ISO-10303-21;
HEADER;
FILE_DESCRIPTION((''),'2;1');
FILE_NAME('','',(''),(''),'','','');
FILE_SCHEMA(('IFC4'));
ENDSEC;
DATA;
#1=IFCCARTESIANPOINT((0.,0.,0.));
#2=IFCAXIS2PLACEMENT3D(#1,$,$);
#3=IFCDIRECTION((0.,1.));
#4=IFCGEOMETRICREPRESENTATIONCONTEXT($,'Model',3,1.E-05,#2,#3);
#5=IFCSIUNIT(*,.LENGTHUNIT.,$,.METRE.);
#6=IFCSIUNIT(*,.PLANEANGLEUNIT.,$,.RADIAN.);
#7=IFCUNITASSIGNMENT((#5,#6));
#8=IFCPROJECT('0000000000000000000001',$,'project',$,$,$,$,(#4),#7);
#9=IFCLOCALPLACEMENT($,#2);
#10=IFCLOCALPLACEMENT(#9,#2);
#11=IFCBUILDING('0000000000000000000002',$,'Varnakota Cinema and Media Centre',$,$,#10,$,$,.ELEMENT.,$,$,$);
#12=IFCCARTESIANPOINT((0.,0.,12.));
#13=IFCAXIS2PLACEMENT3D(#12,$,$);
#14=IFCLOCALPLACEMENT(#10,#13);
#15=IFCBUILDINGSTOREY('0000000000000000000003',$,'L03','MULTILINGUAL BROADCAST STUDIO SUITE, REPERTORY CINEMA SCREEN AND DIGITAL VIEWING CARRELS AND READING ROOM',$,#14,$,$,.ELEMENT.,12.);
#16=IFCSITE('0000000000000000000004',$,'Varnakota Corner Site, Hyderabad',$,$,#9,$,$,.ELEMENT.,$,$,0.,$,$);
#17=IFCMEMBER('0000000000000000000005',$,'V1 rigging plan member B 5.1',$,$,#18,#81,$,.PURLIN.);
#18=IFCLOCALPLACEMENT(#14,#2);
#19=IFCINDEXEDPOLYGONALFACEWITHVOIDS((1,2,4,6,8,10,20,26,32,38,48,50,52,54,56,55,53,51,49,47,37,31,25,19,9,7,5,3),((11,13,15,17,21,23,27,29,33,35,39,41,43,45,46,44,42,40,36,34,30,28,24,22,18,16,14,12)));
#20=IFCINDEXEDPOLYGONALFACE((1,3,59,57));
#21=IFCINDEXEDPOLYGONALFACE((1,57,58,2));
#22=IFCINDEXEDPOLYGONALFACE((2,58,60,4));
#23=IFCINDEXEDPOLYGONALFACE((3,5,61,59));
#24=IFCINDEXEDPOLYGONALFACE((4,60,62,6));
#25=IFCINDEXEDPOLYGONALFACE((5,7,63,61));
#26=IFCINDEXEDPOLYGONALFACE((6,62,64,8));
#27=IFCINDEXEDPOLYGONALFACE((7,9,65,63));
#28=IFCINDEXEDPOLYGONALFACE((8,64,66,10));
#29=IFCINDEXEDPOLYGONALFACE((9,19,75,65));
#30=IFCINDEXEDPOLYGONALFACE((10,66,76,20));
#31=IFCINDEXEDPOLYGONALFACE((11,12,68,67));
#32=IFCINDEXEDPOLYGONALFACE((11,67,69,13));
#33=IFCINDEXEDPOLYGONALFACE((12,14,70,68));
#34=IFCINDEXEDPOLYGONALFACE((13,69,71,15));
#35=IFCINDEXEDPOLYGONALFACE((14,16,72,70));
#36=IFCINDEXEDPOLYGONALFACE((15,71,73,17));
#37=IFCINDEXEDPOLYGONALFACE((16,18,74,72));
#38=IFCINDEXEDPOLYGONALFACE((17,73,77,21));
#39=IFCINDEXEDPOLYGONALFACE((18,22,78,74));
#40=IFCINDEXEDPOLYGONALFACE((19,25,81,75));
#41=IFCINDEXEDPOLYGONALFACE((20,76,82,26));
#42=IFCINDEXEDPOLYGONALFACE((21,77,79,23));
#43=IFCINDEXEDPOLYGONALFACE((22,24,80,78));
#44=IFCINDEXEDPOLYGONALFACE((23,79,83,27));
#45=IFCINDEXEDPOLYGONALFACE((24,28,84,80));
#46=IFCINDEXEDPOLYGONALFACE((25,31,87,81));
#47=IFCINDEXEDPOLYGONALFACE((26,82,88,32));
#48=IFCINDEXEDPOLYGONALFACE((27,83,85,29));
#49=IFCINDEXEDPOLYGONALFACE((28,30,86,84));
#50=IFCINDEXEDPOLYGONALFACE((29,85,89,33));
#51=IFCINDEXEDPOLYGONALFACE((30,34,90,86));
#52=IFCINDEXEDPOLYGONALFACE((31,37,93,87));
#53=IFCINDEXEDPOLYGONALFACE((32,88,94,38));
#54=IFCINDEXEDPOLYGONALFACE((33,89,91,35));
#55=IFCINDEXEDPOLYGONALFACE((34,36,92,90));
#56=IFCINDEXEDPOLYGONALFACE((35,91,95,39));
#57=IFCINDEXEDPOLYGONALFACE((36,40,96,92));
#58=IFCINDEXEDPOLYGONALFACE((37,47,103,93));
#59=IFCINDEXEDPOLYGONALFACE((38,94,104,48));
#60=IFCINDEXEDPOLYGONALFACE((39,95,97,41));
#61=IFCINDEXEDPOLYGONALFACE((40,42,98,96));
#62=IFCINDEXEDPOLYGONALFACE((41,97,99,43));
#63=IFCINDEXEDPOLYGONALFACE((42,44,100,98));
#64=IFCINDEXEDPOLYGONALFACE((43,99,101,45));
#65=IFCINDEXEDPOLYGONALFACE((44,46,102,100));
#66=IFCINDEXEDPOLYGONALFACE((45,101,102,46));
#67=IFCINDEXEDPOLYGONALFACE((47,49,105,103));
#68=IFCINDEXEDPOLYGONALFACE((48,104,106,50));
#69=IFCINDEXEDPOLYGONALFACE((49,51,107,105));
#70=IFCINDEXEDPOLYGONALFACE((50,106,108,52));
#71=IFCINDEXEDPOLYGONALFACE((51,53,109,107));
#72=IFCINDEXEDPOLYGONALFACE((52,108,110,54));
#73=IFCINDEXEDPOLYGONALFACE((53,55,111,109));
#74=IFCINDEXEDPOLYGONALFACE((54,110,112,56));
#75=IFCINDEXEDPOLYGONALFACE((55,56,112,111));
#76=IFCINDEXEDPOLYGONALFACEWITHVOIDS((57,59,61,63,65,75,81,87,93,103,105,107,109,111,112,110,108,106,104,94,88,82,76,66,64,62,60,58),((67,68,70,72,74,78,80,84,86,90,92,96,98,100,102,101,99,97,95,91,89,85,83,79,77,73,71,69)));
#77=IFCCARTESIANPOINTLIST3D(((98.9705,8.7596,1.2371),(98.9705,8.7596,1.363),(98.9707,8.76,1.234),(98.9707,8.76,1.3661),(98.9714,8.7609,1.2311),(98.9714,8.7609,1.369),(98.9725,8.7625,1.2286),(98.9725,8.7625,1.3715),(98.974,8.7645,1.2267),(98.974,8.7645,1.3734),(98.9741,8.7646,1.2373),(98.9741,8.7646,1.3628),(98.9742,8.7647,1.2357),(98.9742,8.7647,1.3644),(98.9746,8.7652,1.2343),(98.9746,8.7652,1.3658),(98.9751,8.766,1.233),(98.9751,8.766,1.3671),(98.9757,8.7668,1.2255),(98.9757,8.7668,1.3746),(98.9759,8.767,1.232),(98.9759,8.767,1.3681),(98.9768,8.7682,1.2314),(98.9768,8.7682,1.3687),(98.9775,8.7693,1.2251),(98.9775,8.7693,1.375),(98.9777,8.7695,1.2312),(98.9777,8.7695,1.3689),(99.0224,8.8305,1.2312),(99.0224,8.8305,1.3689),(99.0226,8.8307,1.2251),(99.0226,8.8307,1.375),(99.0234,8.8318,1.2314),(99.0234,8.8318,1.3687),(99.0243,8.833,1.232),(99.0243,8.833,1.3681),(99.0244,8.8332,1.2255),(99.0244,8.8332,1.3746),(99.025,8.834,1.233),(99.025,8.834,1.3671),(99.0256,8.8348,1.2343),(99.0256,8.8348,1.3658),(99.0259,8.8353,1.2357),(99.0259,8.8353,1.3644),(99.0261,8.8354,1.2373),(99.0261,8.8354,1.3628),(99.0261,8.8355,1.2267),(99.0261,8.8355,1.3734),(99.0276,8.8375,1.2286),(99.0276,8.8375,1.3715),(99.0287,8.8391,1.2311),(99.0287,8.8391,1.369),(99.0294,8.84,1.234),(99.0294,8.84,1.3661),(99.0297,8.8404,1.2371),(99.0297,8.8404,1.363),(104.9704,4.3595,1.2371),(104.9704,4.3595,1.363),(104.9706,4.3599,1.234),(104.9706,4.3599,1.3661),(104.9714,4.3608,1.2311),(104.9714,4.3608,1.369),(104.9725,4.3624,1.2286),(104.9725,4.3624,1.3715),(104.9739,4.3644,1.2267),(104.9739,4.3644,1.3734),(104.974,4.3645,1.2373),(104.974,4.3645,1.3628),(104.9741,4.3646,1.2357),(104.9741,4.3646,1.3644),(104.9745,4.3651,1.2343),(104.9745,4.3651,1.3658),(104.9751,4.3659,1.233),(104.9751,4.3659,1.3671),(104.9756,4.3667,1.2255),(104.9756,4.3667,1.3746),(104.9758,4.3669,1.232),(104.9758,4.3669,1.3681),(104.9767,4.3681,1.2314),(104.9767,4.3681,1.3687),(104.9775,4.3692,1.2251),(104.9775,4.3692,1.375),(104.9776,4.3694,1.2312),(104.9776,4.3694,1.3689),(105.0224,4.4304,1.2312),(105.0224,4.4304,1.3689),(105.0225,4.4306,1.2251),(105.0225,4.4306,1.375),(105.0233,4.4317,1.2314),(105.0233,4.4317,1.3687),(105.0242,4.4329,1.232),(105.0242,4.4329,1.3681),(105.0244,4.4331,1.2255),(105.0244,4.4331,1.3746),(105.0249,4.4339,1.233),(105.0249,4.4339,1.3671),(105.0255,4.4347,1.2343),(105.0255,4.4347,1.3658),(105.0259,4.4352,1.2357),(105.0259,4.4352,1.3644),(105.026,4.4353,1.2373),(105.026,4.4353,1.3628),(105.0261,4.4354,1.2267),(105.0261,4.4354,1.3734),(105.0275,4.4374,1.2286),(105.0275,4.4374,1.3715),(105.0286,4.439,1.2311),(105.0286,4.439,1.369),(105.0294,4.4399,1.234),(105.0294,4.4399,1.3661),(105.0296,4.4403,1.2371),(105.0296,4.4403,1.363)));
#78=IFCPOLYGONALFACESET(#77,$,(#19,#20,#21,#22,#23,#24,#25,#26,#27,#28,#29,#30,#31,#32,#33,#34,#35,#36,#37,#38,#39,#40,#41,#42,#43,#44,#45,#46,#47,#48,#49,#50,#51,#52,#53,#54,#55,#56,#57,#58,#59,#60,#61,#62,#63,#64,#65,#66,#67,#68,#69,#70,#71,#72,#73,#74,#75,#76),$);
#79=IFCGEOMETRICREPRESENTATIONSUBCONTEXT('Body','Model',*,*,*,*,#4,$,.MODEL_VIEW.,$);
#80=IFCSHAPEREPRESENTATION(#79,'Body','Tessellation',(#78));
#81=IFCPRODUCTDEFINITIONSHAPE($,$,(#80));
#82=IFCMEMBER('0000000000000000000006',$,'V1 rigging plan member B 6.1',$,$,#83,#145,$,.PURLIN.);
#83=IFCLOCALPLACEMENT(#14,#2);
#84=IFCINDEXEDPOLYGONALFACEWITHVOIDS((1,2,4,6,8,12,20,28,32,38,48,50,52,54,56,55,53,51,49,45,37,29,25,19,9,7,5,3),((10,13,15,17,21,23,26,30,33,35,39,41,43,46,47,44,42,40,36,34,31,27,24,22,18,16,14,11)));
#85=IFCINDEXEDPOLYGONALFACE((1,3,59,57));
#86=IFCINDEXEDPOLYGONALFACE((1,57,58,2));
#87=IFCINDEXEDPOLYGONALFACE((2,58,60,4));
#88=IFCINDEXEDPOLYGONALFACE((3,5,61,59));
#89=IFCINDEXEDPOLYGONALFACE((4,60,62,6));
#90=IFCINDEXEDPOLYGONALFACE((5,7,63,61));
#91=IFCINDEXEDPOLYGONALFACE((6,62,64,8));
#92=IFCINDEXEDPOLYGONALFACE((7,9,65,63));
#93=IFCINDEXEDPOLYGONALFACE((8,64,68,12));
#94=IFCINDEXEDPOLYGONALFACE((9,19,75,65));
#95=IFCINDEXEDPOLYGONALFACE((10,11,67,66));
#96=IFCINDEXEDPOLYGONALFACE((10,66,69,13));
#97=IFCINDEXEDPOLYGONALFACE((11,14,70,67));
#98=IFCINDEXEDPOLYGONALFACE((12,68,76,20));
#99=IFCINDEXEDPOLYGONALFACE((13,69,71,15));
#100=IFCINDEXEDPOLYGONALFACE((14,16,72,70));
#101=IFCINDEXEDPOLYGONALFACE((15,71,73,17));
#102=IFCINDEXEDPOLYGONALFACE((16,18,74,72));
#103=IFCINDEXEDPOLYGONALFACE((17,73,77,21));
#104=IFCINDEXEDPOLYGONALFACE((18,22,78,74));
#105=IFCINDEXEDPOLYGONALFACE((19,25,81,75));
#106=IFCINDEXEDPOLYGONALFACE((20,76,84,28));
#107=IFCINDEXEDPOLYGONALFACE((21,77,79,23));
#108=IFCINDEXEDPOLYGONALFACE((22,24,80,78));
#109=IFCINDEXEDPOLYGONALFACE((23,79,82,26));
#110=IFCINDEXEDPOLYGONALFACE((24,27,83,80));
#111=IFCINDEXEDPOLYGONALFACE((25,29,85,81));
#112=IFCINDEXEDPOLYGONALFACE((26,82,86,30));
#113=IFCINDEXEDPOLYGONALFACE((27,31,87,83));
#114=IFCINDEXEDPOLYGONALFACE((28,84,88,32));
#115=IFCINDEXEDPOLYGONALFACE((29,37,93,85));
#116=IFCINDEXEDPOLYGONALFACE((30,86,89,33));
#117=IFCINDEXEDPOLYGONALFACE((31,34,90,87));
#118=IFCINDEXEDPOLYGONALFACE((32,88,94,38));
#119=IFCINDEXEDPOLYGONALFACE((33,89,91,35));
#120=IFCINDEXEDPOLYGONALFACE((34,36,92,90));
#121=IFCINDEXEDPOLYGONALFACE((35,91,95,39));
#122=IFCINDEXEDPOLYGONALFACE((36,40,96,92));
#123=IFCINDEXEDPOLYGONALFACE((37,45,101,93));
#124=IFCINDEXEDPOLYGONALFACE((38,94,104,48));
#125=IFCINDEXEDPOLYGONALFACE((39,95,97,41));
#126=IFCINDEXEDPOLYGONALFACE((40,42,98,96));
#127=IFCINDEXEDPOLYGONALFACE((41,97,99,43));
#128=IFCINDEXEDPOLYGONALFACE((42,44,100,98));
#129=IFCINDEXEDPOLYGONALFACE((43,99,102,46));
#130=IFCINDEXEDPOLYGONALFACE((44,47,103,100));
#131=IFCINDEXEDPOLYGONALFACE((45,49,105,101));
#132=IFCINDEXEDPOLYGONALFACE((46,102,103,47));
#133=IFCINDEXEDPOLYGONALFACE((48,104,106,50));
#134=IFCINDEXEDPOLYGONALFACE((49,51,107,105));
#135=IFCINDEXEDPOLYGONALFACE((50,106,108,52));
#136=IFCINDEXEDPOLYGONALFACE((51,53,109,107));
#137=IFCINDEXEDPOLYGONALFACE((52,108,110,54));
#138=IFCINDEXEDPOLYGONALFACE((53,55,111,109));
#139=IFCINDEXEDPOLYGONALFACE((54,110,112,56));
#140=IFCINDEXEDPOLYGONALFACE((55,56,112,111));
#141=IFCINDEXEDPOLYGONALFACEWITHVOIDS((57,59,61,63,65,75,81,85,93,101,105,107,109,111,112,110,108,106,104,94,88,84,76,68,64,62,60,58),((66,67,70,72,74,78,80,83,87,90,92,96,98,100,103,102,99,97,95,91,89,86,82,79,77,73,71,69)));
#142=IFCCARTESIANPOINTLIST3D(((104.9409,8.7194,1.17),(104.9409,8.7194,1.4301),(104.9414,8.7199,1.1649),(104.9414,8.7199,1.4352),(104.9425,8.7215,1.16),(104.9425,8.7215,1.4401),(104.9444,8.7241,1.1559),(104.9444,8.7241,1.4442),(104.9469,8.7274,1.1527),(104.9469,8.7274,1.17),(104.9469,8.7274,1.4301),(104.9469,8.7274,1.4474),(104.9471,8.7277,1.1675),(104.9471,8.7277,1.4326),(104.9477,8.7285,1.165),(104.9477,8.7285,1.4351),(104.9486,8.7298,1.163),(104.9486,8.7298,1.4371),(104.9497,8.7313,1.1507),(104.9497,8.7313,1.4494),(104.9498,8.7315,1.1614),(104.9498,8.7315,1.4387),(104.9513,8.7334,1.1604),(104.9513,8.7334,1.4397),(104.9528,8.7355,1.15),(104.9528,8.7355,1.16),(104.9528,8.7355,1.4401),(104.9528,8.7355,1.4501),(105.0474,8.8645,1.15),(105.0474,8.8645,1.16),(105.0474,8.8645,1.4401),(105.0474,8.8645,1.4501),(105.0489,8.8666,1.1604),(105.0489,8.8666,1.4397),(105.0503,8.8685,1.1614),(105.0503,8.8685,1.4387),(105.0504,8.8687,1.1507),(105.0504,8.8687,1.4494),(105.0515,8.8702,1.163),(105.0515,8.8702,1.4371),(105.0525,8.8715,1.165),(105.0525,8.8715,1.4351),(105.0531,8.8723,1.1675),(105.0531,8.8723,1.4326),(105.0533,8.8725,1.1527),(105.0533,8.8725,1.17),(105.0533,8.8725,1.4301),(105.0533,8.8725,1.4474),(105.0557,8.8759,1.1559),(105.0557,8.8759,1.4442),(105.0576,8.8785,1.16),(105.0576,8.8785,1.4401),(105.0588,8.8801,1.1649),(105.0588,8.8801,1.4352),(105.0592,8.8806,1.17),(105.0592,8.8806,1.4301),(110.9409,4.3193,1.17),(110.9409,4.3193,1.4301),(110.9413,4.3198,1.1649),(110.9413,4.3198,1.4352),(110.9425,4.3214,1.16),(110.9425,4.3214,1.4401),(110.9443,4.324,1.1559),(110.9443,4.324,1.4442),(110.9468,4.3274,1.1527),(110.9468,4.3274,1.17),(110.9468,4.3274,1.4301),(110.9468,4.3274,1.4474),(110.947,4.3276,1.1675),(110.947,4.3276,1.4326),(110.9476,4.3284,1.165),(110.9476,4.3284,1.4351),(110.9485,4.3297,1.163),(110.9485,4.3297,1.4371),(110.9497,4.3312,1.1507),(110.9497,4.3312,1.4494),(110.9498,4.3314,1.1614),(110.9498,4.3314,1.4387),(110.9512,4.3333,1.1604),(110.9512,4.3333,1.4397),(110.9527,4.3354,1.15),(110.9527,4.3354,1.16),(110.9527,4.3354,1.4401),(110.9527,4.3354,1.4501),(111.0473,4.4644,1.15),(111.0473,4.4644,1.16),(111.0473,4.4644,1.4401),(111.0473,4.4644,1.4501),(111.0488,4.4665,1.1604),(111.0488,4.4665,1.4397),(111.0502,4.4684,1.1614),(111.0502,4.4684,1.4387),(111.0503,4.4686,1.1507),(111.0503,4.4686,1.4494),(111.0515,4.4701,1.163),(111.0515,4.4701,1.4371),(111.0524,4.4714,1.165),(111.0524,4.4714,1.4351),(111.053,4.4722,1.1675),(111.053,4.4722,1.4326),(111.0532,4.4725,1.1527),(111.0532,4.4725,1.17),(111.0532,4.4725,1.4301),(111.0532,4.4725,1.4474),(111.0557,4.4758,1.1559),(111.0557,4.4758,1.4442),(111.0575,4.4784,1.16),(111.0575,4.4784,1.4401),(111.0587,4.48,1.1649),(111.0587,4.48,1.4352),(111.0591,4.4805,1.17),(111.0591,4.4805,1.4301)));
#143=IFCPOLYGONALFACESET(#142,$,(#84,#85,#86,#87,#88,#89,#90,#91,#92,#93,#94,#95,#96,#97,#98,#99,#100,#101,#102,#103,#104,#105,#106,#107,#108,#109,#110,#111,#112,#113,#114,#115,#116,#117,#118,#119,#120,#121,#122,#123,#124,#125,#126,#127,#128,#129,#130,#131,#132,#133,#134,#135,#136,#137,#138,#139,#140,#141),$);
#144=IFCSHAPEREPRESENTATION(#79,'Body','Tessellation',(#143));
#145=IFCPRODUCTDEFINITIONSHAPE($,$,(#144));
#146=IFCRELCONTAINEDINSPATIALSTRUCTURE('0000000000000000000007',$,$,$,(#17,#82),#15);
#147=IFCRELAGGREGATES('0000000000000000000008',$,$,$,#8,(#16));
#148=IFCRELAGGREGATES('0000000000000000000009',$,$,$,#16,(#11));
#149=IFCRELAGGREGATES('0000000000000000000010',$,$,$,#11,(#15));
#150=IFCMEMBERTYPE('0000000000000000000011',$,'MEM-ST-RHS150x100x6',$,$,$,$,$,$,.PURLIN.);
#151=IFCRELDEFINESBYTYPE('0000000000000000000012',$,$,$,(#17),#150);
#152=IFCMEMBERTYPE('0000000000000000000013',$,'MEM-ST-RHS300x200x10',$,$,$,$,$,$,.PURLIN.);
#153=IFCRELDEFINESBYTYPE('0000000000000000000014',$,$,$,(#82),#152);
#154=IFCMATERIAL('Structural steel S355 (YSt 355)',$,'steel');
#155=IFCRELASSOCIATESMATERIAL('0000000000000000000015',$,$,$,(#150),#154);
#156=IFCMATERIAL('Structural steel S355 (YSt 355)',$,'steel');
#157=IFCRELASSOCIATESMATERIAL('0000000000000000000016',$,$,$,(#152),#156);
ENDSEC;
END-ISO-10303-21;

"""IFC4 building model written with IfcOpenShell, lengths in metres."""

from ifc_helpers import new_model, si_unit, direction, frame, origin, origin_2d, place, context, subcontext, project, spatial, hollow_rectangle, extrude, material, material_profile, profile_set, type_object, element, save


model = new_model("IFC4")

# Units and contexts
model_context = context("Model", 3, precision=1e-05, world=origin(), true_north=direction((0.0, 1.0)))
body_context = subcontext(model_context, "Body", "Model", "MODEL_VIEW")
ifc_project = project(units=[si_unit("LENGTHUNIT", "METRE"), si_unit("PLANEANGLEUNIT", "RADIAN")], contexts=[model_context])

# Site, building, storey
site_placement = place(None, origin())
site = spatial("IfcSite", under=ifc_project, at=site_placement, Name="Varnakota Corner Site, Hyderabad", CompositionType="ELEMENT", RefElevation=0.0)
building_placement = place(site_placement, origin())
building = spatial("IfcBuilding", under=site, at=building_placement, Name="Varnakota Cinema and Media Centre", CompositionType="ELEMENT")
storey_placement = place(building_placement, frame((0.0, 0.0, 12.0)))
storey = spatial("IfcBuildingStorey", under=building, at=storey_placement, Name="L03", Description="MULTILINGUAL BROADCAST STUDIO SUITE, REPERTORY CINEMA SCREEN AND DIGITAL VIEWING CARRELS AND READING ROOM", CompositionType="ELEMENT", Elevation=12.0)

# Members
ifc_material_1 = material(Name="Structural steel S355 (YSt 355)", Category="steel")
ifc_material_profile_1 = material_profile(ifc_material_1, hollow_rectangle(XDim=0.1001, YDim=0.1499, WallThickness=0.0061, InnerFilletRadius=0.0061, OuterFilletRadius=0.012, at=origin_2d()), Name="RHS 150x100x6")
ifc_profile_set_1 = profile_set([ifc_material_profile_1], Name="Structural steel S355 (YSt 355)")
member_type_1 = type_object("IfcMemberType", Name="MEM-ST-RHS150x100x6", PredefinedType="PURLIN", material=ifc_profile_set_1)
member_1_placement = place(storey_placement, frame((105.0, 4.3999, 1.3), z_axis=(-0.806396, 0.591376, 0.0), x_axis=(-0.591376, -0.806396, 0.0)))
element("IfcMember", 1, at=member_1_placement, inside=storey, type_object=member_type_1, Name="V1 rigging plan member B 5.1", PredefinedType="PURLIN", context=body_context, shape_type="SweptSolid", body=[
    extrude(hollow_rectangle(XDim=0.1001, YDim=0.1499, WallThickness=0.0061, InnerFilletRadius=0.0061, OuterFilletRadius=0.012, at=origin_2d()), origin(), (0.0, 0.0, 1.0), 7.4404),
])
ifc_material_2 = material(Name="Structural steel S355 (YSt 355)", Category="steel")
ifc_material_profile_2 = material_profile(ifc_material_2, hollow_rectangle(XDim=0.2, YDim=0.3, WallThickness=0.01, InnerFilletRadius=0.01, OuterFilletRadius=0.02, at=origin_2d()), Name="RHS 300x200x10")
ifc_profile_set_2 = profile_set([ifc_material_profile_2], Name="Structural steel S355 (YSt 355)")
member_type_2 = type_object("IfcMemberType", Name="MEM-ST-RHS300x200x10", PredefinedType="PURLIN", material=ifc_profile_set_2)
member_2_placement = place(storey_placement, frame((111.0, 4.3999, 1.3), z_axis=(-0.806396, 0.591376, 0.0), x_axis=(-0.591376, -0.806396, 0.0)))
element("IfcMember", 2, at=member_2_placement, inside=storey, type_object=member_type_2, Name="V1 rigging plan member B 6.1", PredefinedType="PURLIN", context=body_context, shape_type="SweptSolid", body=[
    extrude(hollow_rectangle(XDim=0.2, YDim=0.3, WallThickness=0.01, InnerFilletRadius=0.01, OuterFilletRadius=0.02, at=origin_2d()), origin(), (0.0, 0.0, 1.0), 7.4404),
])

save(model, "model.ifc")
